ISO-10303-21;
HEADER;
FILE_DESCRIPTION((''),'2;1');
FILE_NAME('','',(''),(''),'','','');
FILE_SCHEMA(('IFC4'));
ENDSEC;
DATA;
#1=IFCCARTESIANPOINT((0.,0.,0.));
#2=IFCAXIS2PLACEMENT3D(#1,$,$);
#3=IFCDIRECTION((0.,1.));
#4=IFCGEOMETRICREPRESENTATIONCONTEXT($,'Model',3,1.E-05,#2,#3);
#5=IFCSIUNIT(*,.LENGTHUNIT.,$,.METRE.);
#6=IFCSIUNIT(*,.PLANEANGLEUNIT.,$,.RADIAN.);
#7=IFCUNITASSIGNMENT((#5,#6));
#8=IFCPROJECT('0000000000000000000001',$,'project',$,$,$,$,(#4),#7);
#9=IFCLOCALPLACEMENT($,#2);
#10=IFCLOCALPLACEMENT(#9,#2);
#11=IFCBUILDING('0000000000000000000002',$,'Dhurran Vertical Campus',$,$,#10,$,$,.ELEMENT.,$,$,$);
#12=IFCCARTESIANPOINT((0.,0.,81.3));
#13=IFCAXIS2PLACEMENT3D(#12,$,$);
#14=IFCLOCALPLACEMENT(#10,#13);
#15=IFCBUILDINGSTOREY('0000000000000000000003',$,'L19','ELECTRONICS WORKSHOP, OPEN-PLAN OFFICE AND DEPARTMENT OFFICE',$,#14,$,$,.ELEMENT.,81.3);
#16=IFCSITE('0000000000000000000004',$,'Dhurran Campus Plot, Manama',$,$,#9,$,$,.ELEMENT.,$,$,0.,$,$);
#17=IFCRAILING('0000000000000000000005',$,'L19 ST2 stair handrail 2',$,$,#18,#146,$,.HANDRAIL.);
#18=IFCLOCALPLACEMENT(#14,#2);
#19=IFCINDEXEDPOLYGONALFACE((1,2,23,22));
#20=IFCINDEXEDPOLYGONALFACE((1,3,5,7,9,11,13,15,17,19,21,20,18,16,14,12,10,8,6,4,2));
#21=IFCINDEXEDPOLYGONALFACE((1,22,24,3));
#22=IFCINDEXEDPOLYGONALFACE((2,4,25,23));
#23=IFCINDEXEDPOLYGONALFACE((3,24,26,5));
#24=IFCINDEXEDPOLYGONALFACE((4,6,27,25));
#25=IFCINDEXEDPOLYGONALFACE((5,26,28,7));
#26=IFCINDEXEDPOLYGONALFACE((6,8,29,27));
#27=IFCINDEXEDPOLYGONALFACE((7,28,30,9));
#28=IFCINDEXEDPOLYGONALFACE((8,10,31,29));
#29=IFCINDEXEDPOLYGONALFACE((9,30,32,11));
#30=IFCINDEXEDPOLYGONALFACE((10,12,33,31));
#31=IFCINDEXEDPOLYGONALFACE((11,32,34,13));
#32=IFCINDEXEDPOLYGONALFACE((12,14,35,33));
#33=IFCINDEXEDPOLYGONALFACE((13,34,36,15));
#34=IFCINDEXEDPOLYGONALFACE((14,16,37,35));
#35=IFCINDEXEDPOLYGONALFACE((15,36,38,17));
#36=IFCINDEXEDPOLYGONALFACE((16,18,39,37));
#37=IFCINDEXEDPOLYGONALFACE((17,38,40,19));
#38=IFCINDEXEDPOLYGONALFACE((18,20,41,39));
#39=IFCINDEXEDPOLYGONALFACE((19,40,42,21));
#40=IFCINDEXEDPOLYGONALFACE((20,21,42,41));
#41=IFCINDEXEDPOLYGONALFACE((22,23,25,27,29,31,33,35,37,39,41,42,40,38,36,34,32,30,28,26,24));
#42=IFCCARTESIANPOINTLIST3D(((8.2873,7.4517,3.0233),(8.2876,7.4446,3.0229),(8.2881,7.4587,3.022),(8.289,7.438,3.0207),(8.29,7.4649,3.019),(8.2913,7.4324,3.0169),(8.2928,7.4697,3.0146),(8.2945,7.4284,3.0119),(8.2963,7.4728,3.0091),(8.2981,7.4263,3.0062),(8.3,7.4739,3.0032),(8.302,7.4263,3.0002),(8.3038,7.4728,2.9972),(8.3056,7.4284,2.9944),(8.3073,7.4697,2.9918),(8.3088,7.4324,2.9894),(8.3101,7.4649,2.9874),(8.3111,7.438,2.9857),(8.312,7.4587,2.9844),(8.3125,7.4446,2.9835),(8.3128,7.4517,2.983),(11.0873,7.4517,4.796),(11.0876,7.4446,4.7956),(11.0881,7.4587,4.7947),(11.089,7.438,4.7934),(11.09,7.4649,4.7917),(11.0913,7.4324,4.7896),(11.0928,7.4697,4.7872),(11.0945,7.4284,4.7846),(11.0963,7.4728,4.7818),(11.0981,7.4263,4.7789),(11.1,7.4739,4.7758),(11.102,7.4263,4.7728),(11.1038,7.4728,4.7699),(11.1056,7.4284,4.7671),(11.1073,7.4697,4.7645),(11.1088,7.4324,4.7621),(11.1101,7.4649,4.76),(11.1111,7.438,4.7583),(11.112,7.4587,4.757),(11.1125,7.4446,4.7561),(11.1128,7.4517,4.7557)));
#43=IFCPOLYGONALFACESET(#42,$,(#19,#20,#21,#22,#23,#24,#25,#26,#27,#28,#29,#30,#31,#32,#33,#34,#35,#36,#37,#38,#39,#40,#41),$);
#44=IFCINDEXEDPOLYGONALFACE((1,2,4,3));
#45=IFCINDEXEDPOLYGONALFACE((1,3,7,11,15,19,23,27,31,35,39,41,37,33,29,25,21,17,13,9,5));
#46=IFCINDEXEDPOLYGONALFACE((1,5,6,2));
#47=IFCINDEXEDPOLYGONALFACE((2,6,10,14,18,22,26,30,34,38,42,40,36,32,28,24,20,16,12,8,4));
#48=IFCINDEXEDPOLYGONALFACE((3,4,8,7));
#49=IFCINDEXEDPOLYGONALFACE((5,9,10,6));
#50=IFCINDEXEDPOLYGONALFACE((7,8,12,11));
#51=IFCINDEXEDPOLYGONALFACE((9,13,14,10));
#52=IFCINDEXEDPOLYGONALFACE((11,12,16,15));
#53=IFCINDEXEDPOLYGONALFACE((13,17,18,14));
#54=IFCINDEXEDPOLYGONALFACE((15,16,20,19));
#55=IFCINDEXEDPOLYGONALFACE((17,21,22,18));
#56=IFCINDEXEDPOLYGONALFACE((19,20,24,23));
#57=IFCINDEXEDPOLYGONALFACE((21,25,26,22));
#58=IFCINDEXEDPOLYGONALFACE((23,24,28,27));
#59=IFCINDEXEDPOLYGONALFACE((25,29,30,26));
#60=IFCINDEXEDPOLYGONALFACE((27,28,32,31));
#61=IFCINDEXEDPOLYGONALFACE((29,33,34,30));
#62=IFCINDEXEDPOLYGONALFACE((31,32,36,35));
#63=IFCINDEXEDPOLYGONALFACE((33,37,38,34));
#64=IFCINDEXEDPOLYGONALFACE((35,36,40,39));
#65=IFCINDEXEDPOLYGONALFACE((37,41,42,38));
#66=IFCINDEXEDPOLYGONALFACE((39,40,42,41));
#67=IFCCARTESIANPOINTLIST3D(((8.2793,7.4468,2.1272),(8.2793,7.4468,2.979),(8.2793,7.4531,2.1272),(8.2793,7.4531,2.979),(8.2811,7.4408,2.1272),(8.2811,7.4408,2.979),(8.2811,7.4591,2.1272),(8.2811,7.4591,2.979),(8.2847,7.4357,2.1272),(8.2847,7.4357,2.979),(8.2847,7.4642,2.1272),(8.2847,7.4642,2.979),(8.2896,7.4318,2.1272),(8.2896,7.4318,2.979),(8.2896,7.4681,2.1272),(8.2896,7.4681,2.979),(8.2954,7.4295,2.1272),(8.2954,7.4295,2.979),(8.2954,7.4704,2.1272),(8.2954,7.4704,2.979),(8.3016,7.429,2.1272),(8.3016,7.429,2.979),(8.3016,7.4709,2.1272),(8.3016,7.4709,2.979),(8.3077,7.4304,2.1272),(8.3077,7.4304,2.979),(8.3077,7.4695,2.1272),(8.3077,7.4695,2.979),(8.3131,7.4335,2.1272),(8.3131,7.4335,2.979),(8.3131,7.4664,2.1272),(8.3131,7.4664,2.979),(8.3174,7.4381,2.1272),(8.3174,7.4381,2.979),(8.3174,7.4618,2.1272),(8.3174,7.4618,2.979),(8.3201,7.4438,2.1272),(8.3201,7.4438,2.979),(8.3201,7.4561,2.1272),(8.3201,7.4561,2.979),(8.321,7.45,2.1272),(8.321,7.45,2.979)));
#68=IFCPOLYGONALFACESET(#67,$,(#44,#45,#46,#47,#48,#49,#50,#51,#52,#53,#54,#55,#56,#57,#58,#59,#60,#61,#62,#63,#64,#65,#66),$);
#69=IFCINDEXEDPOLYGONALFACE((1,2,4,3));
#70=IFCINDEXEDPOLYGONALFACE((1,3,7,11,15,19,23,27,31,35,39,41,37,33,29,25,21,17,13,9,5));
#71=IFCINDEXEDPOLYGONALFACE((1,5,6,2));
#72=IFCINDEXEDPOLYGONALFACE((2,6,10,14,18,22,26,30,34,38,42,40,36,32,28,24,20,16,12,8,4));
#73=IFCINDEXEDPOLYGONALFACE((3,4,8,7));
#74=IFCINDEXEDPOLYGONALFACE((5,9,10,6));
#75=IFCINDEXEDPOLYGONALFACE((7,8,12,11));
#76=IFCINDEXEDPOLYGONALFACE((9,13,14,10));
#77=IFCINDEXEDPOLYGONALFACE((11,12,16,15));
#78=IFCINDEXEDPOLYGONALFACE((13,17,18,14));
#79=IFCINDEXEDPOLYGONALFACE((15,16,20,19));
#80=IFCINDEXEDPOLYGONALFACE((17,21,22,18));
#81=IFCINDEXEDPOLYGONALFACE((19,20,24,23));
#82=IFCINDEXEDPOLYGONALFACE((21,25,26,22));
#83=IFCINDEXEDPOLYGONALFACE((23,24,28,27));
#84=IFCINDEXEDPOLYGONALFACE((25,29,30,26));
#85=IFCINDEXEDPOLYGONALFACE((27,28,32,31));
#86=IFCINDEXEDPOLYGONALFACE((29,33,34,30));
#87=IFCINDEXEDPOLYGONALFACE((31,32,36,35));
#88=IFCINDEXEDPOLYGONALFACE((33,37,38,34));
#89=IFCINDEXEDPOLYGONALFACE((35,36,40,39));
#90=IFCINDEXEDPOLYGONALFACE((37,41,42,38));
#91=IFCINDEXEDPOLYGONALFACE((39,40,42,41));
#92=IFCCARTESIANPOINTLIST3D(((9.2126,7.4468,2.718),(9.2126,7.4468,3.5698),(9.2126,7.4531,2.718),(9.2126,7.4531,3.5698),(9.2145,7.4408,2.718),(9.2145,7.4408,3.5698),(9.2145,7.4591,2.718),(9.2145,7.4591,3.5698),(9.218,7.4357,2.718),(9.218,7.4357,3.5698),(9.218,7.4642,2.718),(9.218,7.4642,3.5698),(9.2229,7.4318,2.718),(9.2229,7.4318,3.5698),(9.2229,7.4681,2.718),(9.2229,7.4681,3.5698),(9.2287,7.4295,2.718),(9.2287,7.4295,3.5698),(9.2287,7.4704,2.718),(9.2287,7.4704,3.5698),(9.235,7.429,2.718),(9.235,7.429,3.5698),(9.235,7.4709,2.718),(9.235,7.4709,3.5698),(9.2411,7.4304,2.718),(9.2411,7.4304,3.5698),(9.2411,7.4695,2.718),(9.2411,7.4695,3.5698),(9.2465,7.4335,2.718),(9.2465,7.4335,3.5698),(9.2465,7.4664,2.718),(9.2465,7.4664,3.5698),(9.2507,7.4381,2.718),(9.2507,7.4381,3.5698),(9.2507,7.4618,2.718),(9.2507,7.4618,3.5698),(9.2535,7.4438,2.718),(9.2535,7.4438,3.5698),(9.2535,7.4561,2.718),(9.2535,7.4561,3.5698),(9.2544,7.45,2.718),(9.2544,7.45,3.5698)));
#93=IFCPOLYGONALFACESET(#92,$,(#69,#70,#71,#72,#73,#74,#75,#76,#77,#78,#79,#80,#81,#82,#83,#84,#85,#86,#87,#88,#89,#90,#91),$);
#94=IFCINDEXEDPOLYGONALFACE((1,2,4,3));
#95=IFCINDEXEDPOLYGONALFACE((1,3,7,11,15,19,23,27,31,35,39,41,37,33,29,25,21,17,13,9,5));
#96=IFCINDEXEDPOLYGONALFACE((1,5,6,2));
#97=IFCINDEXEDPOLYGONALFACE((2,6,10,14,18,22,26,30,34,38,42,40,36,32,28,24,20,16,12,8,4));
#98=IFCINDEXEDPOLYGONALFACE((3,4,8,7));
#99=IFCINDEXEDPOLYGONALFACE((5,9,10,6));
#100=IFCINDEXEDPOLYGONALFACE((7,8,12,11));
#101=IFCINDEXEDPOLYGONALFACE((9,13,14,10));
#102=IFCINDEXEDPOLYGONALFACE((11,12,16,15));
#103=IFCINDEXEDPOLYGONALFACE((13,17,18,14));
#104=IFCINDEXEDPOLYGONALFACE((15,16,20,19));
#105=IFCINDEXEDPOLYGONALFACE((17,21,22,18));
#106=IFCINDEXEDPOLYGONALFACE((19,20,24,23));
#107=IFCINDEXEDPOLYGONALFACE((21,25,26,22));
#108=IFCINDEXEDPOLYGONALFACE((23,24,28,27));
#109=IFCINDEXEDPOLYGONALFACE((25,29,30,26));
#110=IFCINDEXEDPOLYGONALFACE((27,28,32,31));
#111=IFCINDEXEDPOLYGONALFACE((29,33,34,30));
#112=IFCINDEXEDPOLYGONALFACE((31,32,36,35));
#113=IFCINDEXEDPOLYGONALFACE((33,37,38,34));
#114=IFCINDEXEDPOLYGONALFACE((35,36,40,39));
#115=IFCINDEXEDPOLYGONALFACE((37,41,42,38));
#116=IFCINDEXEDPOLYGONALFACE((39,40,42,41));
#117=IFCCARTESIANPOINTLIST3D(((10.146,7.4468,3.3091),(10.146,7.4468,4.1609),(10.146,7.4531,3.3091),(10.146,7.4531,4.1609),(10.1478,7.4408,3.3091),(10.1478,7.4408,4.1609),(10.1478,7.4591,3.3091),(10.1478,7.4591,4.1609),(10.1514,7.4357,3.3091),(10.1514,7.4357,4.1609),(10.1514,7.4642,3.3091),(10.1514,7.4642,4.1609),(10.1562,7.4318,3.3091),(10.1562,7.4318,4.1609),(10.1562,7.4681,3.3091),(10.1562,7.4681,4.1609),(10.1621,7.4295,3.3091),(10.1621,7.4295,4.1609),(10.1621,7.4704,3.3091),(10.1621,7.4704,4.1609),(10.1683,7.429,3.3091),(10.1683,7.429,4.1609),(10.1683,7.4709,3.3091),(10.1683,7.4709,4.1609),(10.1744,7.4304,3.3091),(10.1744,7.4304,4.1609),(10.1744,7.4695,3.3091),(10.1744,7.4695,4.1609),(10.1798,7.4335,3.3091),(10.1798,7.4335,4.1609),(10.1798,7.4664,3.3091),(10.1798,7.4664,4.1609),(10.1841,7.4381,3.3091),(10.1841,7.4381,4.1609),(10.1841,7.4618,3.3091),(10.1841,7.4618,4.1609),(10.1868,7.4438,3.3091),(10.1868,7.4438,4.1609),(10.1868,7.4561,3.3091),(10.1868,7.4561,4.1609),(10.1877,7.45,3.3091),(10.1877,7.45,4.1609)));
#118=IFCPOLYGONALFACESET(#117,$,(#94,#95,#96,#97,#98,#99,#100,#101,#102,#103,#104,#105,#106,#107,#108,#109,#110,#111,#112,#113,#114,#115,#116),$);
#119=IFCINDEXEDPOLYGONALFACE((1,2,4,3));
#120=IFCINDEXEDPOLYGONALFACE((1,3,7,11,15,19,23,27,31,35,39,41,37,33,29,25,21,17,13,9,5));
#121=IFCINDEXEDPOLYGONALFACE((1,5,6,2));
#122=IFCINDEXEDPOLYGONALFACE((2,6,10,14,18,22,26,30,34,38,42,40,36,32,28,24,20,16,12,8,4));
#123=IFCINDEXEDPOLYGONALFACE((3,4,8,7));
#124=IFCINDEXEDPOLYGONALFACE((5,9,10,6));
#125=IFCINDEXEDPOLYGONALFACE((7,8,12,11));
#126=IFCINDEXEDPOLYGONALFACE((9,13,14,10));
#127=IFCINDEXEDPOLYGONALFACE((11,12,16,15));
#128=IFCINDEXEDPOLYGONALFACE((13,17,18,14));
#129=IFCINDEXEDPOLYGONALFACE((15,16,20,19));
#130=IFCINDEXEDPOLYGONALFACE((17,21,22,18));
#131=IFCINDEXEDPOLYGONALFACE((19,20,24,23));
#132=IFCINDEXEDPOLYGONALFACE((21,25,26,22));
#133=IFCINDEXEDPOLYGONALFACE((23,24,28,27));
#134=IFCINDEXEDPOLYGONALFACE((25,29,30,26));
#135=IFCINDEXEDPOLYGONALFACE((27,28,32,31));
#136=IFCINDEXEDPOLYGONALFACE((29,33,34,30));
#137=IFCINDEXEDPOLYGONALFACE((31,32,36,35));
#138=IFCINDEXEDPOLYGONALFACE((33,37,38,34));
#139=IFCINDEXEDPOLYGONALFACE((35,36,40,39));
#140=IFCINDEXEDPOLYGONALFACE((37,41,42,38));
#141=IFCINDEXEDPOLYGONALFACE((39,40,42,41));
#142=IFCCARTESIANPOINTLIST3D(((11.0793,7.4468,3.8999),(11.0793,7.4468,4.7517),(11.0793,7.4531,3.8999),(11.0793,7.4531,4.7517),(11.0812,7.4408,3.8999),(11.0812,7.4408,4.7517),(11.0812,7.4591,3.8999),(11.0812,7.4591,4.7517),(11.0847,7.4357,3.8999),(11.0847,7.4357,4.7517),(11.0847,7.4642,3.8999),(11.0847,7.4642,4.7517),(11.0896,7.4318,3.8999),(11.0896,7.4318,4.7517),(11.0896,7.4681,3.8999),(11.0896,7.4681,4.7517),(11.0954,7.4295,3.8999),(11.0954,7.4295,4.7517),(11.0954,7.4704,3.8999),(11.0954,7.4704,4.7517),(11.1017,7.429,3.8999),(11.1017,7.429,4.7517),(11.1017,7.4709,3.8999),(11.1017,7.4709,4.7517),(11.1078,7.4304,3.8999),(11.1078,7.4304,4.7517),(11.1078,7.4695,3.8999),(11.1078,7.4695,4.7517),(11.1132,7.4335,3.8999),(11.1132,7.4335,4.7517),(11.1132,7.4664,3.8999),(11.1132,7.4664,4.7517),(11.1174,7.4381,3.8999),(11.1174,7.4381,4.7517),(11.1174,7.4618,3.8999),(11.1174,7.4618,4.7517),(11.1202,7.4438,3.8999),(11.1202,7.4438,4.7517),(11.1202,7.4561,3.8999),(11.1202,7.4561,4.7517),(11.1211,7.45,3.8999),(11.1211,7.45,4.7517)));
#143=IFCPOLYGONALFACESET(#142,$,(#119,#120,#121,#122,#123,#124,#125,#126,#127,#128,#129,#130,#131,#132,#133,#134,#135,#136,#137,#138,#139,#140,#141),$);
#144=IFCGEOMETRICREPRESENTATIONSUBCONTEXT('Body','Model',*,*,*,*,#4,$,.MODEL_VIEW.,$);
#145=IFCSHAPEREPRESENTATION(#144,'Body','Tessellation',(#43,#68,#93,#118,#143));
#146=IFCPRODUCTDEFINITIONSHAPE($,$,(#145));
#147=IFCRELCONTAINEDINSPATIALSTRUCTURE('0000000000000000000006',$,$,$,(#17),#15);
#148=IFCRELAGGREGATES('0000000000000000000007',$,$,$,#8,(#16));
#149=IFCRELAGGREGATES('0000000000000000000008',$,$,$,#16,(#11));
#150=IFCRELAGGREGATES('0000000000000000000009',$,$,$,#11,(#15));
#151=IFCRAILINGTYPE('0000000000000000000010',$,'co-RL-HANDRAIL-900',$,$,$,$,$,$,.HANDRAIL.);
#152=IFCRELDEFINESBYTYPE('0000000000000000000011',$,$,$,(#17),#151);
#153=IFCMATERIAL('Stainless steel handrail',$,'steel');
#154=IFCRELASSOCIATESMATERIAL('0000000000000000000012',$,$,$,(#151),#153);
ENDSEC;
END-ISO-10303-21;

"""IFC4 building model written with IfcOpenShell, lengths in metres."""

from ifc_helpers import new_model, si_unit, direction, frame, origin, origin_2d, place, context, subcontext, project, spatial, circle, extrude, material, type_object, element, save


model = new_model("IFC4")

# Units and contexts
model_context = context("Model", 3, precision=1e-05, world=origin(), true_north=direction((0.0, 1.0)))
body_context = subcontext(model_context, "Body", "Model", "MODEL_VIEW")
ifc_project = project(units=[si_unit("LENGTHUNIT", "METRE"), si_unit("PLANEANGLEUNIT", "RADIAN")], contexts=[model_context])

# Site, building, storey
site_placement = place(None, origin())
site = spatial("IfcSite", under=ifc_project, at=site_placement, Name="Dhurran Campus Plot, Manama", CompositionType="ELEMENT", RefElevation=0.0)
building_placement = place(site_placement, origin())
building = spatial("IfcBuilding", under=site, at=building_placement, Name="Dhurran Vertical Campus", CompositionType="ELEMENT")
storey_placement = place(building_placement, frame((0.0, 0.0, 81.3)))
storey = spatial("IfcBuildingStorey", under=building, at=storey_placement, Name="L19", Description="ELECTRONICS WORKSHOP, OPEN-PLAN OFFICE AND DEPARTMENT OFFICE", CompositionType="ELEMENT", Elevation=81.3)

# Railing
ifc_material_1 = material(Name="Stainless steel handrail", Category="steel")
railing_type_1 = type_object("IfcRailingType", Name="co-RL-HANDRAIL-900", PredefinedType="HANDRAIL", material=ifc_material_1)
railing_1_placement = place(storey_placement, frame((8.3, 7.45, 2.1272)))
element("IfcRailing", 1, at=railing_1_placement, inside=storey, type_object=railing_type_1, Name="L19 ST2 stair handrail 2", PredefinedType="HANDRAIL", context=body_context, shape_type="SweptSolid", body=[
    extrude(circle(Radius=0.0239, at=origin_2d()), frame((0.0, 0.0, 0.876), z_axis=(0.844909, 0.0, 0.53491), x_axis=(0.0, 1.0, 0.0)), (0.0, 0.0, 1.0), 3.314),
    extrude(circle(Radius=0.021, at=origin_2d()), origin(), (0.0, 0.0, 1.0), 0.8518),
    extrude(circle(Radius=0.021, at=origin_2d()), frame((0.9333, 0.0, 0.5908)), (0.0, 0.0, 1.0), 0.8518),
    extrude(circle(Radius=0.021, at=origin_2d()), frame((1.8667, 0.0, 1.1819)), (0.0, 0.0, 1.0), 0.8518),
    extrude(circle(Radius=0.021, at=origin_2d()), frame((2.8, 0.0, 1.7727)), (0.0, 0.0, 1.0), 0.8518),
])

save(model, "model.ifc")
